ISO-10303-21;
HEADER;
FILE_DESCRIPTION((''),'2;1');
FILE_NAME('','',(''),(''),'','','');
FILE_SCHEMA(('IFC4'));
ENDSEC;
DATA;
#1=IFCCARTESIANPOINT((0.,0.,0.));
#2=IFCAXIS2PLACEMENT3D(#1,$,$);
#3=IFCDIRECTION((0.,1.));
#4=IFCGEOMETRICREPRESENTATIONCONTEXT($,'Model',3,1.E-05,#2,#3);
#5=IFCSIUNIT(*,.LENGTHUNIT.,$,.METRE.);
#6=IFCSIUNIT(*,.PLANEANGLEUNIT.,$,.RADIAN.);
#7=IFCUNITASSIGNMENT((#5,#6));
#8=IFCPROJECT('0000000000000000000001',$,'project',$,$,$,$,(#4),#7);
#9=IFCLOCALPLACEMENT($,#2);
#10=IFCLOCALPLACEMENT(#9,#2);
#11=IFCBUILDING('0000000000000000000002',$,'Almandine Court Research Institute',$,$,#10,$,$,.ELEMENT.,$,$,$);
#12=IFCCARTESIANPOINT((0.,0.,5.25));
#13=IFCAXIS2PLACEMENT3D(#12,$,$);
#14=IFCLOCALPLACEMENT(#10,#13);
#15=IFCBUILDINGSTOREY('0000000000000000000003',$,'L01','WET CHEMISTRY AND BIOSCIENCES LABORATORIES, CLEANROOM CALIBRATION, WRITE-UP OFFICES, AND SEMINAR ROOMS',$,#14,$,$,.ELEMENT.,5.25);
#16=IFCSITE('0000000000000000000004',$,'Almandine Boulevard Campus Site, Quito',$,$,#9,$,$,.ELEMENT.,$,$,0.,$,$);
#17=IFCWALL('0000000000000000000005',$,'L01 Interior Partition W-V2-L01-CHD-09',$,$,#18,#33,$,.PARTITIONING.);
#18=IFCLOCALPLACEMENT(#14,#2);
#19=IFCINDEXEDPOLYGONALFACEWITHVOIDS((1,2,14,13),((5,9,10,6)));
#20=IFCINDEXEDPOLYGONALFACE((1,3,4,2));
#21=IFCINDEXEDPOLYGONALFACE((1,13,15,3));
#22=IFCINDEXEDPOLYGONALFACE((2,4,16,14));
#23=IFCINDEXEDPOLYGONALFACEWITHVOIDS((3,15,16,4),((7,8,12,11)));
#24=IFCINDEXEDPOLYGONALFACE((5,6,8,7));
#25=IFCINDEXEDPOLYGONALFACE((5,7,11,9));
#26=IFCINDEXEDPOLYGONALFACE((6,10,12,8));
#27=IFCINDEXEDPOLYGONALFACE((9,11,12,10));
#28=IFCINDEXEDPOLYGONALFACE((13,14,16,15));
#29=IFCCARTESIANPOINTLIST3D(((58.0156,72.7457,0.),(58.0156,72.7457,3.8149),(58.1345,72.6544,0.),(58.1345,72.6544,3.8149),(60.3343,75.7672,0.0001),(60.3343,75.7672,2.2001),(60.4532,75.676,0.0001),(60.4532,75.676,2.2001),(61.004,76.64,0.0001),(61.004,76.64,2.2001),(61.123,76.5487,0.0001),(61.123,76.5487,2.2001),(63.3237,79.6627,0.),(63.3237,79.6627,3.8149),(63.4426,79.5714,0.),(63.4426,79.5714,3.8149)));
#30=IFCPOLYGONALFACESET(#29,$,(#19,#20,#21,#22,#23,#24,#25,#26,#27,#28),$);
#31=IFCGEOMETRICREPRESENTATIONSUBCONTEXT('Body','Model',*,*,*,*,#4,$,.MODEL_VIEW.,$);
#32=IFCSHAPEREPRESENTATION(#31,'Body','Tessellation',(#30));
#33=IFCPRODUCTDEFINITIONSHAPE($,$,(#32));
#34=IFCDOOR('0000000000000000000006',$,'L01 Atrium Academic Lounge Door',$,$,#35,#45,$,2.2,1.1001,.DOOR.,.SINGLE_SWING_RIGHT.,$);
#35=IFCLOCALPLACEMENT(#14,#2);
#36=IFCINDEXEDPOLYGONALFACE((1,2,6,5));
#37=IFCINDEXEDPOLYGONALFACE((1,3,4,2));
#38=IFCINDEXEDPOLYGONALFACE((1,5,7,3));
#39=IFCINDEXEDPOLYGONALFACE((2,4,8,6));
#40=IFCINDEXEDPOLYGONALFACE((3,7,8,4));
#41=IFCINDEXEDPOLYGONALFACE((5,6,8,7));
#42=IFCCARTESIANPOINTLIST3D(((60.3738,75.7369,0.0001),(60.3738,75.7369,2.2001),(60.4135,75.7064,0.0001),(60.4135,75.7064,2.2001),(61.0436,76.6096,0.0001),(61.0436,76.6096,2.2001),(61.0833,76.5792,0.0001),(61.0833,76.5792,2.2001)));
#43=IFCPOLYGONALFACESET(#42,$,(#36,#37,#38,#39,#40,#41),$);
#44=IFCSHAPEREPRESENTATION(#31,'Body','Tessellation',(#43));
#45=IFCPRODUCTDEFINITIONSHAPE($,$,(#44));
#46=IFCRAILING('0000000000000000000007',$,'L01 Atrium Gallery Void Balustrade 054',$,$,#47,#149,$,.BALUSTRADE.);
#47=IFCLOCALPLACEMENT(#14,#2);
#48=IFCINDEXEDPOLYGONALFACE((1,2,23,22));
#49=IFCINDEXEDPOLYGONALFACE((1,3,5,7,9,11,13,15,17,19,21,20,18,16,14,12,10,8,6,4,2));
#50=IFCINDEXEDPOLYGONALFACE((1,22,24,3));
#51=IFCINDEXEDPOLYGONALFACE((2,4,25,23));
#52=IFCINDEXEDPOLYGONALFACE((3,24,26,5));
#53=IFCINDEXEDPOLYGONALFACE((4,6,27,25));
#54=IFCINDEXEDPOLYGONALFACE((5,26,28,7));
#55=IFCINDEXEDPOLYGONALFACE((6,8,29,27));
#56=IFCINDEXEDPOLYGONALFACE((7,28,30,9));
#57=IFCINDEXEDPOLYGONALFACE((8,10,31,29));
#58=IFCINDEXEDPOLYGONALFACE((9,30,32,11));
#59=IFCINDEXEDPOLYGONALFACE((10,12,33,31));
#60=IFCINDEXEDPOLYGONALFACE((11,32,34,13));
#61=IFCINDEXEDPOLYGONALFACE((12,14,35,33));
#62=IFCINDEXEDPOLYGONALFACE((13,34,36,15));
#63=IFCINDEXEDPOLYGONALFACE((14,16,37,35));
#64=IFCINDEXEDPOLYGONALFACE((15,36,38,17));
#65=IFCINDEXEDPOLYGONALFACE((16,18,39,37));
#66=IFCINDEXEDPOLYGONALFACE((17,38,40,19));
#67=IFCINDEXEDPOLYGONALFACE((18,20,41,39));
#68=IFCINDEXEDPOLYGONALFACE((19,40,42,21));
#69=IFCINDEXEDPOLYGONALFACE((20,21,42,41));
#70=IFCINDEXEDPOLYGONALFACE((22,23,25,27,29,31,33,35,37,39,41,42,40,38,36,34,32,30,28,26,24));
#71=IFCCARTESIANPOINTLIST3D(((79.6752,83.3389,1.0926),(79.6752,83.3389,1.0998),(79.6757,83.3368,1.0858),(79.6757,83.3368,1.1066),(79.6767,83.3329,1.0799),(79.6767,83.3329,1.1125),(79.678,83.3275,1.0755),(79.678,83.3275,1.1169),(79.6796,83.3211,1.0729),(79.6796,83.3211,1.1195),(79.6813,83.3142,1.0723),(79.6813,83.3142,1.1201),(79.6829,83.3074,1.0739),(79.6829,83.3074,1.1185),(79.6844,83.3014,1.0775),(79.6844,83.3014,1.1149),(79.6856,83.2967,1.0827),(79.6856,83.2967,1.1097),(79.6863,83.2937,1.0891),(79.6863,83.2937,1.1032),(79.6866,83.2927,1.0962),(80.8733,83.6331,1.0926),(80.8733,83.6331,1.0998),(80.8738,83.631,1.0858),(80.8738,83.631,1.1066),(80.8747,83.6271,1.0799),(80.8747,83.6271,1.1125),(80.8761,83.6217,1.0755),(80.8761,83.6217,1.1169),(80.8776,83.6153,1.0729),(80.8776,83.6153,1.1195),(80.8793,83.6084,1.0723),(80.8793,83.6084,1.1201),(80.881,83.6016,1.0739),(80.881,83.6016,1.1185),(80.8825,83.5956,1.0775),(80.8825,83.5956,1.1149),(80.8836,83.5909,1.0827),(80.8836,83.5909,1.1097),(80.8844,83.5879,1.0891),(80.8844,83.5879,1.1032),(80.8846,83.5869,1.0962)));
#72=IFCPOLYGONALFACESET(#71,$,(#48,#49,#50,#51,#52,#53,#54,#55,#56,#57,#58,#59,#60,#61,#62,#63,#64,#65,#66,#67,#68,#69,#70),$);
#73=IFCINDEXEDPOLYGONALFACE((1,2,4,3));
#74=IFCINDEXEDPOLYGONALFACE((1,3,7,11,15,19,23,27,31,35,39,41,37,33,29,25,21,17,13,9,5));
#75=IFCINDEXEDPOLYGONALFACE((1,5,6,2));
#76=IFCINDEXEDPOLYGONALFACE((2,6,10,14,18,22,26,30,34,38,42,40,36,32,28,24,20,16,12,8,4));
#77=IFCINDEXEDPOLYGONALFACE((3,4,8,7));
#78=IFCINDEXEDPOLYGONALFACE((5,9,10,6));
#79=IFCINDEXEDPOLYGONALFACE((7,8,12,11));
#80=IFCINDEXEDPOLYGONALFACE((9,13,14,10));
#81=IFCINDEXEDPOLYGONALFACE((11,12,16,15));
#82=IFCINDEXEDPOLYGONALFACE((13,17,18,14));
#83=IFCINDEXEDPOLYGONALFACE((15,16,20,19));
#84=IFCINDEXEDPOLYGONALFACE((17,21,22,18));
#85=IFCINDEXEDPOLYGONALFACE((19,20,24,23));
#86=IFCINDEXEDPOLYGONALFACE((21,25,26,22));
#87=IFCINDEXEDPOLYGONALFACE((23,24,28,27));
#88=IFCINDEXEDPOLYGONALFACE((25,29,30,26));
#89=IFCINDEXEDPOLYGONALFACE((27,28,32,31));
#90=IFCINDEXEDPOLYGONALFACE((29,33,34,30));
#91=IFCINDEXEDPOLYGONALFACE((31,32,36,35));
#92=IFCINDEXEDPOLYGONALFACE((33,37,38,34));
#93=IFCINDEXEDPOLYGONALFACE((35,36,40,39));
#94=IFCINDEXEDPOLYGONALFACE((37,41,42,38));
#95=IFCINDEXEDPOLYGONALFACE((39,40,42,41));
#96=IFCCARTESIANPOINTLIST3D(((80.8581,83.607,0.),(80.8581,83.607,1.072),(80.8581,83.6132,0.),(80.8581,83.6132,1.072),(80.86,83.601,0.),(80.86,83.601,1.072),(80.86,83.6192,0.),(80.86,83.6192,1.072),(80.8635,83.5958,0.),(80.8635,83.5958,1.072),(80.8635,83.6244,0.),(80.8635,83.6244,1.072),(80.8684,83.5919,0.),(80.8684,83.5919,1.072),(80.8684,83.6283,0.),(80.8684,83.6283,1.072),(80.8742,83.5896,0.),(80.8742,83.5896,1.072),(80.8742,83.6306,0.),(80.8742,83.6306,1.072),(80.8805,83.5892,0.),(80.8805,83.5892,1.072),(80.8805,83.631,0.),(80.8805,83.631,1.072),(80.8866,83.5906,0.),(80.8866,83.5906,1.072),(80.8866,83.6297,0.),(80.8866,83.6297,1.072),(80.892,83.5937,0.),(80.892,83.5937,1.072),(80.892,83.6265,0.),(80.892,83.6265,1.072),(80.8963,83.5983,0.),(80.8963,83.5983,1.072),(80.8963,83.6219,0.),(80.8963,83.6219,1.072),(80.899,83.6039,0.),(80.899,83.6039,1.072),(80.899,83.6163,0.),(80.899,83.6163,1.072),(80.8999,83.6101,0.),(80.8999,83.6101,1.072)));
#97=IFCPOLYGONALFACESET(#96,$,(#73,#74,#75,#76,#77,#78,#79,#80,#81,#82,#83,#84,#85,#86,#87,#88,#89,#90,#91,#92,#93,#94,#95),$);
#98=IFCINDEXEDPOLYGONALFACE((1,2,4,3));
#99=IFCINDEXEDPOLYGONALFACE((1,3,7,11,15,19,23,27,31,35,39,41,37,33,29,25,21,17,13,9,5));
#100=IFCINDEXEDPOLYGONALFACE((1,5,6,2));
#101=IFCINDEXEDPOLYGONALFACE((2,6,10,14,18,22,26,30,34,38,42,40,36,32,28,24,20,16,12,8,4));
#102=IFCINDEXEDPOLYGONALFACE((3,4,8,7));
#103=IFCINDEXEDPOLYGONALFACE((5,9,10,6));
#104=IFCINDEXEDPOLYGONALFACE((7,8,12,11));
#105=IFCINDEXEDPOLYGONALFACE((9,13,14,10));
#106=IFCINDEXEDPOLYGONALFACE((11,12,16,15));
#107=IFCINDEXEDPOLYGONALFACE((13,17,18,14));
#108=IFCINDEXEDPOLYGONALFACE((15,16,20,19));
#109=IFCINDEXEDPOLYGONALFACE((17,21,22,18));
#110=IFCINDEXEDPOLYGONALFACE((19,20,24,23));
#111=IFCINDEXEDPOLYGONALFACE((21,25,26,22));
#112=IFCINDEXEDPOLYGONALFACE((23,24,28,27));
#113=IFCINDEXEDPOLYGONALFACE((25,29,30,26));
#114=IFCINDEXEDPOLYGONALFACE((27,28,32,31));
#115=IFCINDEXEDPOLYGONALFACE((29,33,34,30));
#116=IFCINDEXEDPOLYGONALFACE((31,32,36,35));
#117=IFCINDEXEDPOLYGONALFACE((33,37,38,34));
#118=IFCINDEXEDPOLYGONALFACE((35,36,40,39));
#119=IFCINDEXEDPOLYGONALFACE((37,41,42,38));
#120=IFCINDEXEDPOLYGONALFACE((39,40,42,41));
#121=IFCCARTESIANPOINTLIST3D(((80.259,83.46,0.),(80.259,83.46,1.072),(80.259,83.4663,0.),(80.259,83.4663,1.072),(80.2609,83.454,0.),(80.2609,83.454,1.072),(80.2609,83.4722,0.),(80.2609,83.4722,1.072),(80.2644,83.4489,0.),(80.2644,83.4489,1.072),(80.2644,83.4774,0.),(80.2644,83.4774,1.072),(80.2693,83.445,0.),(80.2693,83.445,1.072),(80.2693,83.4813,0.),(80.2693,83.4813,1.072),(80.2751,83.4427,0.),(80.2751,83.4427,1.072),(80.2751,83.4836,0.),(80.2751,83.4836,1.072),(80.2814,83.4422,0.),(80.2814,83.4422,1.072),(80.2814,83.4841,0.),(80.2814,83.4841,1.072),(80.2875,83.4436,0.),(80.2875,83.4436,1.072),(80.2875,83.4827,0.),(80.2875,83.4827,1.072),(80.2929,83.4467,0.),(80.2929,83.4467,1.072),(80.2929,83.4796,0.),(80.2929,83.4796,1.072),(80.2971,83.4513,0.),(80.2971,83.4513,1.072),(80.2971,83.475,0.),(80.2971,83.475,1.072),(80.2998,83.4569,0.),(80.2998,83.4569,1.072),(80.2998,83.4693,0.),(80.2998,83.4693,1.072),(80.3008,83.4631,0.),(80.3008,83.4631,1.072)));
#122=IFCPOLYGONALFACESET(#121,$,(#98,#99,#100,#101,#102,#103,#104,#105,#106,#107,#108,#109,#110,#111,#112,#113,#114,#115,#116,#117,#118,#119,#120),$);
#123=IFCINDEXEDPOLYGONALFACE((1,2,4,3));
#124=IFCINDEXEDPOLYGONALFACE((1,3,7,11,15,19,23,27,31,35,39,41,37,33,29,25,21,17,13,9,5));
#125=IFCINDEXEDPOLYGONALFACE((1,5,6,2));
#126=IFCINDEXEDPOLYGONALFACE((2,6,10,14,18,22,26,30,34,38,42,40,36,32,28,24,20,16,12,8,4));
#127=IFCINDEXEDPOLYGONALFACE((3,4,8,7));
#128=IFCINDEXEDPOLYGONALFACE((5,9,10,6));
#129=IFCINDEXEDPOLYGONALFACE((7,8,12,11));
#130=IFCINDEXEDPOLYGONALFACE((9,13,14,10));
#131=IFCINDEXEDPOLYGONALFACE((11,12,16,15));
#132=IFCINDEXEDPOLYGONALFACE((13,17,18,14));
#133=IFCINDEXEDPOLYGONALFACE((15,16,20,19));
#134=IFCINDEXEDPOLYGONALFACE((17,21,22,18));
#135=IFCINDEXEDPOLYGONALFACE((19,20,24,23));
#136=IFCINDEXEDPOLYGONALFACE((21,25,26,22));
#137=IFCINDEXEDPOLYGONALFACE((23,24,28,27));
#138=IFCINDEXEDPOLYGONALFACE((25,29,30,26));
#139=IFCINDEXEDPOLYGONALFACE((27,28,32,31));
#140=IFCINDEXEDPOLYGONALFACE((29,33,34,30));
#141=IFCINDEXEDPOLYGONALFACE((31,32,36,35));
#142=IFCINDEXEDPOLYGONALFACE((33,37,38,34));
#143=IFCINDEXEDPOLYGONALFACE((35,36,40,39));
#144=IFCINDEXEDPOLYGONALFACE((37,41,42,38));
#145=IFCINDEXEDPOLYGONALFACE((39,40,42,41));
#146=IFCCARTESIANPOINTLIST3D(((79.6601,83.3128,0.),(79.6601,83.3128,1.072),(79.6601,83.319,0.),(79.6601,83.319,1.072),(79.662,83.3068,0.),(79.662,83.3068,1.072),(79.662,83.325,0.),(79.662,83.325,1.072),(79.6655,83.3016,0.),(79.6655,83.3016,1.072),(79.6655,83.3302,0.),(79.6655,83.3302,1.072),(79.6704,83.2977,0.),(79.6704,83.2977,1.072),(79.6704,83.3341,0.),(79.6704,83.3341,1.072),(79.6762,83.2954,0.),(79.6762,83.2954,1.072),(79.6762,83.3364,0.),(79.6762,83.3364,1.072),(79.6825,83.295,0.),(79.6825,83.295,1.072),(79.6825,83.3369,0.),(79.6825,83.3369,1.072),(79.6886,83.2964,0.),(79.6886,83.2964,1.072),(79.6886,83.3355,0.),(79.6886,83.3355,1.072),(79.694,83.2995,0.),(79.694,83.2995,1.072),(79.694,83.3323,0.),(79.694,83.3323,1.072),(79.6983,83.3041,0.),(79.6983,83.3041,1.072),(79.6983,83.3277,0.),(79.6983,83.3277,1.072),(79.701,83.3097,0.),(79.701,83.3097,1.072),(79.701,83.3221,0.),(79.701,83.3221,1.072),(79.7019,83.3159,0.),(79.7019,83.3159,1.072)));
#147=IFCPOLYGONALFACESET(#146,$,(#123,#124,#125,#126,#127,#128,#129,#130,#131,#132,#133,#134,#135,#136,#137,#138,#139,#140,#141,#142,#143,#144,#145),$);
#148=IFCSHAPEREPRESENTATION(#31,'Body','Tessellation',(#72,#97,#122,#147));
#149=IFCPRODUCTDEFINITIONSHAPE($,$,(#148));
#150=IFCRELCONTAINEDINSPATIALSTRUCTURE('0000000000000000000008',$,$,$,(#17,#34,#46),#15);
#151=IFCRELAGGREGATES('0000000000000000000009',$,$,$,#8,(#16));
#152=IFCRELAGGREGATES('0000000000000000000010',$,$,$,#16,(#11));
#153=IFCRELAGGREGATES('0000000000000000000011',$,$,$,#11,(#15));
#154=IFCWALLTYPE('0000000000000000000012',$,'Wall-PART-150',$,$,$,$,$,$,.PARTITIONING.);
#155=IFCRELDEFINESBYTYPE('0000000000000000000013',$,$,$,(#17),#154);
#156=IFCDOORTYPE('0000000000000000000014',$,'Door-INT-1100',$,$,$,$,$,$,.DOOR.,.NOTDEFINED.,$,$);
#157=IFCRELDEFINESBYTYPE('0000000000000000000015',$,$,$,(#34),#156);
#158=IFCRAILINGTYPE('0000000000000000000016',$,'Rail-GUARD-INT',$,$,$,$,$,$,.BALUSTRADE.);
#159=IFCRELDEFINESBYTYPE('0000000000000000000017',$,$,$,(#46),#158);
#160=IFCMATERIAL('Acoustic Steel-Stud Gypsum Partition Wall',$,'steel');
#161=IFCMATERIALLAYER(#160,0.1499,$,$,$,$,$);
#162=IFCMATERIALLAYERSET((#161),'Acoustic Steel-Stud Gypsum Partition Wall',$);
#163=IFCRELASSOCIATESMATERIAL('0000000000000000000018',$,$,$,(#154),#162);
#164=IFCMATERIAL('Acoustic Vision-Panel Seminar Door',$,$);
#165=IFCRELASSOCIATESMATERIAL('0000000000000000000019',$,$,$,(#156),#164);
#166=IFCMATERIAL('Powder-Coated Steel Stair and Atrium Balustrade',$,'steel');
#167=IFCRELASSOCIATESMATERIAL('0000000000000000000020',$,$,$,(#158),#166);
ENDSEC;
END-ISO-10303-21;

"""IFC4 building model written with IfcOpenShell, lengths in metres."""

from ifc_helpers import new_model, si_unit, direction, frame, frame_2d, origin, origin_2d, place, context, subcontext, project, spatial, rectangle, circle, extrude, material, layer, layer_set, type_object, element, fill, save


model = new_model("IFC4")

# Units and contexts
model_context = context("Model", 3, precision=1e-05, world=origin(), true_north=direction((0.0, 1.0)))
body_context = subcontext(model_context, "Body", "Model", "MODEL_VIEW")
ifc_project = project(units=[si_unit("LENGTHUNIT", "METRE"), si_unit("PLANEANGLEUNIT", "RADIAN")], contexts=[model_context])

# Site, building, storey
site_placement = place(None, origin())
site = spatial("IfcSite", under=ifc_project, at=site_placement, Name="Almandine Boulevard Campus Site, Quito", CompositionType="ELEMENT", RefElevation=0.0)
building_placement = place(site_placement, origin())
building = spatial("IfcBuilding", under=site, at=building_placement, Name="Almandine Court Research Institute", CompositionType="ELEMENT")
storey_placement = place(building_placement, frame((0.0, 0.0, 5.25)))
storey = spatial("IfcBuildingStorey", under=building, at=storey_placement, Name="L01", Description="WET CHEMISTRY AND BIOSCIENCES LABORATORIES, CLEANROOM CALIBRATION, WRITE-UP OFFICES, AND SEMINAR ROOMS", CompositionType="ELEMENT", Elevation=5.25)

# Shared definitions
ifc_material_1 = material(Name="Acoustic Steel-Stud Gypsum Partition Wall", Category="steel")
ifc_layer = layer(ifc_material_1, 0.1499)
ifc_layer_set = layer_set([ifc_layer], Name="Acoustic Steel-Stud Gypsum Partition Wall")
wall_type = type_object("IfcWallType", Name="Wall-PART-150", PredefinedType="PARTITIONING", material=ifc_layer_set)

# Wall, opening, door
wall_1_placement = place(storey_placement, frame((63.3831, 79.6169, 0.0), z_axis=(0.0, 0.0, 1.0), x_axis=(-0.608798, -0.793325, 0.0)))
wall_1 = element("IfcWall", 1, at=wall_1_placement, inside=storey, type_object=wall_type, Name="L01 Interior Partition W-V2-L01-CHD-09", PredefinedType="PARTITIONING", context=body_context, shape_type="SweptSolid", body=[
    extrude(rectangle(XDim=8.719, YDim=0.1499, at=frame_2d((4.3594, 0.0))), origin(), (0.0, 0.0, 1.0), 3.8149),
])
opening_placement = place(wall_1_placement, frame((3.8101, 0.0, 0.0)))
opening = element("IfcOpeningElement", 2, at=opening_placement, cuts=wall_1, PredefinedType="OPENING", context=body_context, shape_type="SweptSolid", body=[
    extrude(rectangle(XDim=1.1001, YDim=2.2, at=frame_2d((0.55, 1.1001))), frame((0.0, 0.085, 0.0), z_axis=(0.0, -1.0, 0.0), x_axis=(1.0, 0.0, 0.0)), (0.0, 0.0, 1.0), 0.1699),
])
ifc_material_2 = material(Name="Acoustic Vision-Panel Seminar Door")
door_type = type_object("IfcDoorType", Name="Door-INT-1100", OperationType="NOTDEFINED", PredefinedType="DOOR", material=ifc_material_2)
door_placement = place(opening_placement, origin())
door = element("IfcDoor", 3, at=door_placement, inside=storey, type_object=door_type, Name="L01 Atrium Academic Lounge Door", OperationType="SINGLE_SWING_RIGHT", OverallHeight=2.2, OverallWidth=1.1001, PredefinedType="DOOR", context=body_context, shape_type="SweptSolid", body=[
    extrude(rectangle(XDim=1.1001, YDim=2.2, at=frame_2d((0.55, 1.1001))), frame((0.0, 0.0249, 0.0), z_axis=(0.0, -1.0, 0.0), x_axis=(1.0, 0.0, 0.0)), (0.0, 0.0, 1.0), 0.05),
])
fill(opening, door)

# Railing
ifc_material_3 = material(Name="Powder-Coated Steel Stair and Atrium Balustrade", Category="steel")
railing_type = type_object("IfcRailingType", Name="Rail-GUARD-INT", PredefinedType="BALUSTRADE", material=ifc_material_3)
railing_1_placement = place(storey_placement, frame((80.8789, 83.6101, 0.0)))
element("IfcRailing", 4, at=railing_1_placement, inside=storey, type_object=railing_type, Name="L01 Atrium Gallery Void Balustrade 054", PredefinedType="BALUSTRADE", context=body_context, shape_type="SweptSolid", body=[
    extrude(circle(Radius=0.0239, at=origin_2d()), frame((0.0, 0.0, 1.0962), z_axis=(-0.971147, -0.238482, 0.0), x_axis=(0.238482, -0.971147, 0.0)), (0.0, 0.0, 1.0), 1.2336),
    extrude(circle(Radius=0.021, at=origin_2d()), origin(), (0.0, 0.0, 1.0), 1.072),
    extrude(circle(Radius=0.021, at=origin_2d()), frame((-0.5991, -0.147, 0.0)), (0.0, 0.0, 1.0), 1.072),
    extrude(circle(Radius=0.021, at=origin_2d()), frame((-1.198, -0.2942, 0.0)), (0.0, 0.0, 1.0), 1.072),
])

save(model, "model.ifc")
